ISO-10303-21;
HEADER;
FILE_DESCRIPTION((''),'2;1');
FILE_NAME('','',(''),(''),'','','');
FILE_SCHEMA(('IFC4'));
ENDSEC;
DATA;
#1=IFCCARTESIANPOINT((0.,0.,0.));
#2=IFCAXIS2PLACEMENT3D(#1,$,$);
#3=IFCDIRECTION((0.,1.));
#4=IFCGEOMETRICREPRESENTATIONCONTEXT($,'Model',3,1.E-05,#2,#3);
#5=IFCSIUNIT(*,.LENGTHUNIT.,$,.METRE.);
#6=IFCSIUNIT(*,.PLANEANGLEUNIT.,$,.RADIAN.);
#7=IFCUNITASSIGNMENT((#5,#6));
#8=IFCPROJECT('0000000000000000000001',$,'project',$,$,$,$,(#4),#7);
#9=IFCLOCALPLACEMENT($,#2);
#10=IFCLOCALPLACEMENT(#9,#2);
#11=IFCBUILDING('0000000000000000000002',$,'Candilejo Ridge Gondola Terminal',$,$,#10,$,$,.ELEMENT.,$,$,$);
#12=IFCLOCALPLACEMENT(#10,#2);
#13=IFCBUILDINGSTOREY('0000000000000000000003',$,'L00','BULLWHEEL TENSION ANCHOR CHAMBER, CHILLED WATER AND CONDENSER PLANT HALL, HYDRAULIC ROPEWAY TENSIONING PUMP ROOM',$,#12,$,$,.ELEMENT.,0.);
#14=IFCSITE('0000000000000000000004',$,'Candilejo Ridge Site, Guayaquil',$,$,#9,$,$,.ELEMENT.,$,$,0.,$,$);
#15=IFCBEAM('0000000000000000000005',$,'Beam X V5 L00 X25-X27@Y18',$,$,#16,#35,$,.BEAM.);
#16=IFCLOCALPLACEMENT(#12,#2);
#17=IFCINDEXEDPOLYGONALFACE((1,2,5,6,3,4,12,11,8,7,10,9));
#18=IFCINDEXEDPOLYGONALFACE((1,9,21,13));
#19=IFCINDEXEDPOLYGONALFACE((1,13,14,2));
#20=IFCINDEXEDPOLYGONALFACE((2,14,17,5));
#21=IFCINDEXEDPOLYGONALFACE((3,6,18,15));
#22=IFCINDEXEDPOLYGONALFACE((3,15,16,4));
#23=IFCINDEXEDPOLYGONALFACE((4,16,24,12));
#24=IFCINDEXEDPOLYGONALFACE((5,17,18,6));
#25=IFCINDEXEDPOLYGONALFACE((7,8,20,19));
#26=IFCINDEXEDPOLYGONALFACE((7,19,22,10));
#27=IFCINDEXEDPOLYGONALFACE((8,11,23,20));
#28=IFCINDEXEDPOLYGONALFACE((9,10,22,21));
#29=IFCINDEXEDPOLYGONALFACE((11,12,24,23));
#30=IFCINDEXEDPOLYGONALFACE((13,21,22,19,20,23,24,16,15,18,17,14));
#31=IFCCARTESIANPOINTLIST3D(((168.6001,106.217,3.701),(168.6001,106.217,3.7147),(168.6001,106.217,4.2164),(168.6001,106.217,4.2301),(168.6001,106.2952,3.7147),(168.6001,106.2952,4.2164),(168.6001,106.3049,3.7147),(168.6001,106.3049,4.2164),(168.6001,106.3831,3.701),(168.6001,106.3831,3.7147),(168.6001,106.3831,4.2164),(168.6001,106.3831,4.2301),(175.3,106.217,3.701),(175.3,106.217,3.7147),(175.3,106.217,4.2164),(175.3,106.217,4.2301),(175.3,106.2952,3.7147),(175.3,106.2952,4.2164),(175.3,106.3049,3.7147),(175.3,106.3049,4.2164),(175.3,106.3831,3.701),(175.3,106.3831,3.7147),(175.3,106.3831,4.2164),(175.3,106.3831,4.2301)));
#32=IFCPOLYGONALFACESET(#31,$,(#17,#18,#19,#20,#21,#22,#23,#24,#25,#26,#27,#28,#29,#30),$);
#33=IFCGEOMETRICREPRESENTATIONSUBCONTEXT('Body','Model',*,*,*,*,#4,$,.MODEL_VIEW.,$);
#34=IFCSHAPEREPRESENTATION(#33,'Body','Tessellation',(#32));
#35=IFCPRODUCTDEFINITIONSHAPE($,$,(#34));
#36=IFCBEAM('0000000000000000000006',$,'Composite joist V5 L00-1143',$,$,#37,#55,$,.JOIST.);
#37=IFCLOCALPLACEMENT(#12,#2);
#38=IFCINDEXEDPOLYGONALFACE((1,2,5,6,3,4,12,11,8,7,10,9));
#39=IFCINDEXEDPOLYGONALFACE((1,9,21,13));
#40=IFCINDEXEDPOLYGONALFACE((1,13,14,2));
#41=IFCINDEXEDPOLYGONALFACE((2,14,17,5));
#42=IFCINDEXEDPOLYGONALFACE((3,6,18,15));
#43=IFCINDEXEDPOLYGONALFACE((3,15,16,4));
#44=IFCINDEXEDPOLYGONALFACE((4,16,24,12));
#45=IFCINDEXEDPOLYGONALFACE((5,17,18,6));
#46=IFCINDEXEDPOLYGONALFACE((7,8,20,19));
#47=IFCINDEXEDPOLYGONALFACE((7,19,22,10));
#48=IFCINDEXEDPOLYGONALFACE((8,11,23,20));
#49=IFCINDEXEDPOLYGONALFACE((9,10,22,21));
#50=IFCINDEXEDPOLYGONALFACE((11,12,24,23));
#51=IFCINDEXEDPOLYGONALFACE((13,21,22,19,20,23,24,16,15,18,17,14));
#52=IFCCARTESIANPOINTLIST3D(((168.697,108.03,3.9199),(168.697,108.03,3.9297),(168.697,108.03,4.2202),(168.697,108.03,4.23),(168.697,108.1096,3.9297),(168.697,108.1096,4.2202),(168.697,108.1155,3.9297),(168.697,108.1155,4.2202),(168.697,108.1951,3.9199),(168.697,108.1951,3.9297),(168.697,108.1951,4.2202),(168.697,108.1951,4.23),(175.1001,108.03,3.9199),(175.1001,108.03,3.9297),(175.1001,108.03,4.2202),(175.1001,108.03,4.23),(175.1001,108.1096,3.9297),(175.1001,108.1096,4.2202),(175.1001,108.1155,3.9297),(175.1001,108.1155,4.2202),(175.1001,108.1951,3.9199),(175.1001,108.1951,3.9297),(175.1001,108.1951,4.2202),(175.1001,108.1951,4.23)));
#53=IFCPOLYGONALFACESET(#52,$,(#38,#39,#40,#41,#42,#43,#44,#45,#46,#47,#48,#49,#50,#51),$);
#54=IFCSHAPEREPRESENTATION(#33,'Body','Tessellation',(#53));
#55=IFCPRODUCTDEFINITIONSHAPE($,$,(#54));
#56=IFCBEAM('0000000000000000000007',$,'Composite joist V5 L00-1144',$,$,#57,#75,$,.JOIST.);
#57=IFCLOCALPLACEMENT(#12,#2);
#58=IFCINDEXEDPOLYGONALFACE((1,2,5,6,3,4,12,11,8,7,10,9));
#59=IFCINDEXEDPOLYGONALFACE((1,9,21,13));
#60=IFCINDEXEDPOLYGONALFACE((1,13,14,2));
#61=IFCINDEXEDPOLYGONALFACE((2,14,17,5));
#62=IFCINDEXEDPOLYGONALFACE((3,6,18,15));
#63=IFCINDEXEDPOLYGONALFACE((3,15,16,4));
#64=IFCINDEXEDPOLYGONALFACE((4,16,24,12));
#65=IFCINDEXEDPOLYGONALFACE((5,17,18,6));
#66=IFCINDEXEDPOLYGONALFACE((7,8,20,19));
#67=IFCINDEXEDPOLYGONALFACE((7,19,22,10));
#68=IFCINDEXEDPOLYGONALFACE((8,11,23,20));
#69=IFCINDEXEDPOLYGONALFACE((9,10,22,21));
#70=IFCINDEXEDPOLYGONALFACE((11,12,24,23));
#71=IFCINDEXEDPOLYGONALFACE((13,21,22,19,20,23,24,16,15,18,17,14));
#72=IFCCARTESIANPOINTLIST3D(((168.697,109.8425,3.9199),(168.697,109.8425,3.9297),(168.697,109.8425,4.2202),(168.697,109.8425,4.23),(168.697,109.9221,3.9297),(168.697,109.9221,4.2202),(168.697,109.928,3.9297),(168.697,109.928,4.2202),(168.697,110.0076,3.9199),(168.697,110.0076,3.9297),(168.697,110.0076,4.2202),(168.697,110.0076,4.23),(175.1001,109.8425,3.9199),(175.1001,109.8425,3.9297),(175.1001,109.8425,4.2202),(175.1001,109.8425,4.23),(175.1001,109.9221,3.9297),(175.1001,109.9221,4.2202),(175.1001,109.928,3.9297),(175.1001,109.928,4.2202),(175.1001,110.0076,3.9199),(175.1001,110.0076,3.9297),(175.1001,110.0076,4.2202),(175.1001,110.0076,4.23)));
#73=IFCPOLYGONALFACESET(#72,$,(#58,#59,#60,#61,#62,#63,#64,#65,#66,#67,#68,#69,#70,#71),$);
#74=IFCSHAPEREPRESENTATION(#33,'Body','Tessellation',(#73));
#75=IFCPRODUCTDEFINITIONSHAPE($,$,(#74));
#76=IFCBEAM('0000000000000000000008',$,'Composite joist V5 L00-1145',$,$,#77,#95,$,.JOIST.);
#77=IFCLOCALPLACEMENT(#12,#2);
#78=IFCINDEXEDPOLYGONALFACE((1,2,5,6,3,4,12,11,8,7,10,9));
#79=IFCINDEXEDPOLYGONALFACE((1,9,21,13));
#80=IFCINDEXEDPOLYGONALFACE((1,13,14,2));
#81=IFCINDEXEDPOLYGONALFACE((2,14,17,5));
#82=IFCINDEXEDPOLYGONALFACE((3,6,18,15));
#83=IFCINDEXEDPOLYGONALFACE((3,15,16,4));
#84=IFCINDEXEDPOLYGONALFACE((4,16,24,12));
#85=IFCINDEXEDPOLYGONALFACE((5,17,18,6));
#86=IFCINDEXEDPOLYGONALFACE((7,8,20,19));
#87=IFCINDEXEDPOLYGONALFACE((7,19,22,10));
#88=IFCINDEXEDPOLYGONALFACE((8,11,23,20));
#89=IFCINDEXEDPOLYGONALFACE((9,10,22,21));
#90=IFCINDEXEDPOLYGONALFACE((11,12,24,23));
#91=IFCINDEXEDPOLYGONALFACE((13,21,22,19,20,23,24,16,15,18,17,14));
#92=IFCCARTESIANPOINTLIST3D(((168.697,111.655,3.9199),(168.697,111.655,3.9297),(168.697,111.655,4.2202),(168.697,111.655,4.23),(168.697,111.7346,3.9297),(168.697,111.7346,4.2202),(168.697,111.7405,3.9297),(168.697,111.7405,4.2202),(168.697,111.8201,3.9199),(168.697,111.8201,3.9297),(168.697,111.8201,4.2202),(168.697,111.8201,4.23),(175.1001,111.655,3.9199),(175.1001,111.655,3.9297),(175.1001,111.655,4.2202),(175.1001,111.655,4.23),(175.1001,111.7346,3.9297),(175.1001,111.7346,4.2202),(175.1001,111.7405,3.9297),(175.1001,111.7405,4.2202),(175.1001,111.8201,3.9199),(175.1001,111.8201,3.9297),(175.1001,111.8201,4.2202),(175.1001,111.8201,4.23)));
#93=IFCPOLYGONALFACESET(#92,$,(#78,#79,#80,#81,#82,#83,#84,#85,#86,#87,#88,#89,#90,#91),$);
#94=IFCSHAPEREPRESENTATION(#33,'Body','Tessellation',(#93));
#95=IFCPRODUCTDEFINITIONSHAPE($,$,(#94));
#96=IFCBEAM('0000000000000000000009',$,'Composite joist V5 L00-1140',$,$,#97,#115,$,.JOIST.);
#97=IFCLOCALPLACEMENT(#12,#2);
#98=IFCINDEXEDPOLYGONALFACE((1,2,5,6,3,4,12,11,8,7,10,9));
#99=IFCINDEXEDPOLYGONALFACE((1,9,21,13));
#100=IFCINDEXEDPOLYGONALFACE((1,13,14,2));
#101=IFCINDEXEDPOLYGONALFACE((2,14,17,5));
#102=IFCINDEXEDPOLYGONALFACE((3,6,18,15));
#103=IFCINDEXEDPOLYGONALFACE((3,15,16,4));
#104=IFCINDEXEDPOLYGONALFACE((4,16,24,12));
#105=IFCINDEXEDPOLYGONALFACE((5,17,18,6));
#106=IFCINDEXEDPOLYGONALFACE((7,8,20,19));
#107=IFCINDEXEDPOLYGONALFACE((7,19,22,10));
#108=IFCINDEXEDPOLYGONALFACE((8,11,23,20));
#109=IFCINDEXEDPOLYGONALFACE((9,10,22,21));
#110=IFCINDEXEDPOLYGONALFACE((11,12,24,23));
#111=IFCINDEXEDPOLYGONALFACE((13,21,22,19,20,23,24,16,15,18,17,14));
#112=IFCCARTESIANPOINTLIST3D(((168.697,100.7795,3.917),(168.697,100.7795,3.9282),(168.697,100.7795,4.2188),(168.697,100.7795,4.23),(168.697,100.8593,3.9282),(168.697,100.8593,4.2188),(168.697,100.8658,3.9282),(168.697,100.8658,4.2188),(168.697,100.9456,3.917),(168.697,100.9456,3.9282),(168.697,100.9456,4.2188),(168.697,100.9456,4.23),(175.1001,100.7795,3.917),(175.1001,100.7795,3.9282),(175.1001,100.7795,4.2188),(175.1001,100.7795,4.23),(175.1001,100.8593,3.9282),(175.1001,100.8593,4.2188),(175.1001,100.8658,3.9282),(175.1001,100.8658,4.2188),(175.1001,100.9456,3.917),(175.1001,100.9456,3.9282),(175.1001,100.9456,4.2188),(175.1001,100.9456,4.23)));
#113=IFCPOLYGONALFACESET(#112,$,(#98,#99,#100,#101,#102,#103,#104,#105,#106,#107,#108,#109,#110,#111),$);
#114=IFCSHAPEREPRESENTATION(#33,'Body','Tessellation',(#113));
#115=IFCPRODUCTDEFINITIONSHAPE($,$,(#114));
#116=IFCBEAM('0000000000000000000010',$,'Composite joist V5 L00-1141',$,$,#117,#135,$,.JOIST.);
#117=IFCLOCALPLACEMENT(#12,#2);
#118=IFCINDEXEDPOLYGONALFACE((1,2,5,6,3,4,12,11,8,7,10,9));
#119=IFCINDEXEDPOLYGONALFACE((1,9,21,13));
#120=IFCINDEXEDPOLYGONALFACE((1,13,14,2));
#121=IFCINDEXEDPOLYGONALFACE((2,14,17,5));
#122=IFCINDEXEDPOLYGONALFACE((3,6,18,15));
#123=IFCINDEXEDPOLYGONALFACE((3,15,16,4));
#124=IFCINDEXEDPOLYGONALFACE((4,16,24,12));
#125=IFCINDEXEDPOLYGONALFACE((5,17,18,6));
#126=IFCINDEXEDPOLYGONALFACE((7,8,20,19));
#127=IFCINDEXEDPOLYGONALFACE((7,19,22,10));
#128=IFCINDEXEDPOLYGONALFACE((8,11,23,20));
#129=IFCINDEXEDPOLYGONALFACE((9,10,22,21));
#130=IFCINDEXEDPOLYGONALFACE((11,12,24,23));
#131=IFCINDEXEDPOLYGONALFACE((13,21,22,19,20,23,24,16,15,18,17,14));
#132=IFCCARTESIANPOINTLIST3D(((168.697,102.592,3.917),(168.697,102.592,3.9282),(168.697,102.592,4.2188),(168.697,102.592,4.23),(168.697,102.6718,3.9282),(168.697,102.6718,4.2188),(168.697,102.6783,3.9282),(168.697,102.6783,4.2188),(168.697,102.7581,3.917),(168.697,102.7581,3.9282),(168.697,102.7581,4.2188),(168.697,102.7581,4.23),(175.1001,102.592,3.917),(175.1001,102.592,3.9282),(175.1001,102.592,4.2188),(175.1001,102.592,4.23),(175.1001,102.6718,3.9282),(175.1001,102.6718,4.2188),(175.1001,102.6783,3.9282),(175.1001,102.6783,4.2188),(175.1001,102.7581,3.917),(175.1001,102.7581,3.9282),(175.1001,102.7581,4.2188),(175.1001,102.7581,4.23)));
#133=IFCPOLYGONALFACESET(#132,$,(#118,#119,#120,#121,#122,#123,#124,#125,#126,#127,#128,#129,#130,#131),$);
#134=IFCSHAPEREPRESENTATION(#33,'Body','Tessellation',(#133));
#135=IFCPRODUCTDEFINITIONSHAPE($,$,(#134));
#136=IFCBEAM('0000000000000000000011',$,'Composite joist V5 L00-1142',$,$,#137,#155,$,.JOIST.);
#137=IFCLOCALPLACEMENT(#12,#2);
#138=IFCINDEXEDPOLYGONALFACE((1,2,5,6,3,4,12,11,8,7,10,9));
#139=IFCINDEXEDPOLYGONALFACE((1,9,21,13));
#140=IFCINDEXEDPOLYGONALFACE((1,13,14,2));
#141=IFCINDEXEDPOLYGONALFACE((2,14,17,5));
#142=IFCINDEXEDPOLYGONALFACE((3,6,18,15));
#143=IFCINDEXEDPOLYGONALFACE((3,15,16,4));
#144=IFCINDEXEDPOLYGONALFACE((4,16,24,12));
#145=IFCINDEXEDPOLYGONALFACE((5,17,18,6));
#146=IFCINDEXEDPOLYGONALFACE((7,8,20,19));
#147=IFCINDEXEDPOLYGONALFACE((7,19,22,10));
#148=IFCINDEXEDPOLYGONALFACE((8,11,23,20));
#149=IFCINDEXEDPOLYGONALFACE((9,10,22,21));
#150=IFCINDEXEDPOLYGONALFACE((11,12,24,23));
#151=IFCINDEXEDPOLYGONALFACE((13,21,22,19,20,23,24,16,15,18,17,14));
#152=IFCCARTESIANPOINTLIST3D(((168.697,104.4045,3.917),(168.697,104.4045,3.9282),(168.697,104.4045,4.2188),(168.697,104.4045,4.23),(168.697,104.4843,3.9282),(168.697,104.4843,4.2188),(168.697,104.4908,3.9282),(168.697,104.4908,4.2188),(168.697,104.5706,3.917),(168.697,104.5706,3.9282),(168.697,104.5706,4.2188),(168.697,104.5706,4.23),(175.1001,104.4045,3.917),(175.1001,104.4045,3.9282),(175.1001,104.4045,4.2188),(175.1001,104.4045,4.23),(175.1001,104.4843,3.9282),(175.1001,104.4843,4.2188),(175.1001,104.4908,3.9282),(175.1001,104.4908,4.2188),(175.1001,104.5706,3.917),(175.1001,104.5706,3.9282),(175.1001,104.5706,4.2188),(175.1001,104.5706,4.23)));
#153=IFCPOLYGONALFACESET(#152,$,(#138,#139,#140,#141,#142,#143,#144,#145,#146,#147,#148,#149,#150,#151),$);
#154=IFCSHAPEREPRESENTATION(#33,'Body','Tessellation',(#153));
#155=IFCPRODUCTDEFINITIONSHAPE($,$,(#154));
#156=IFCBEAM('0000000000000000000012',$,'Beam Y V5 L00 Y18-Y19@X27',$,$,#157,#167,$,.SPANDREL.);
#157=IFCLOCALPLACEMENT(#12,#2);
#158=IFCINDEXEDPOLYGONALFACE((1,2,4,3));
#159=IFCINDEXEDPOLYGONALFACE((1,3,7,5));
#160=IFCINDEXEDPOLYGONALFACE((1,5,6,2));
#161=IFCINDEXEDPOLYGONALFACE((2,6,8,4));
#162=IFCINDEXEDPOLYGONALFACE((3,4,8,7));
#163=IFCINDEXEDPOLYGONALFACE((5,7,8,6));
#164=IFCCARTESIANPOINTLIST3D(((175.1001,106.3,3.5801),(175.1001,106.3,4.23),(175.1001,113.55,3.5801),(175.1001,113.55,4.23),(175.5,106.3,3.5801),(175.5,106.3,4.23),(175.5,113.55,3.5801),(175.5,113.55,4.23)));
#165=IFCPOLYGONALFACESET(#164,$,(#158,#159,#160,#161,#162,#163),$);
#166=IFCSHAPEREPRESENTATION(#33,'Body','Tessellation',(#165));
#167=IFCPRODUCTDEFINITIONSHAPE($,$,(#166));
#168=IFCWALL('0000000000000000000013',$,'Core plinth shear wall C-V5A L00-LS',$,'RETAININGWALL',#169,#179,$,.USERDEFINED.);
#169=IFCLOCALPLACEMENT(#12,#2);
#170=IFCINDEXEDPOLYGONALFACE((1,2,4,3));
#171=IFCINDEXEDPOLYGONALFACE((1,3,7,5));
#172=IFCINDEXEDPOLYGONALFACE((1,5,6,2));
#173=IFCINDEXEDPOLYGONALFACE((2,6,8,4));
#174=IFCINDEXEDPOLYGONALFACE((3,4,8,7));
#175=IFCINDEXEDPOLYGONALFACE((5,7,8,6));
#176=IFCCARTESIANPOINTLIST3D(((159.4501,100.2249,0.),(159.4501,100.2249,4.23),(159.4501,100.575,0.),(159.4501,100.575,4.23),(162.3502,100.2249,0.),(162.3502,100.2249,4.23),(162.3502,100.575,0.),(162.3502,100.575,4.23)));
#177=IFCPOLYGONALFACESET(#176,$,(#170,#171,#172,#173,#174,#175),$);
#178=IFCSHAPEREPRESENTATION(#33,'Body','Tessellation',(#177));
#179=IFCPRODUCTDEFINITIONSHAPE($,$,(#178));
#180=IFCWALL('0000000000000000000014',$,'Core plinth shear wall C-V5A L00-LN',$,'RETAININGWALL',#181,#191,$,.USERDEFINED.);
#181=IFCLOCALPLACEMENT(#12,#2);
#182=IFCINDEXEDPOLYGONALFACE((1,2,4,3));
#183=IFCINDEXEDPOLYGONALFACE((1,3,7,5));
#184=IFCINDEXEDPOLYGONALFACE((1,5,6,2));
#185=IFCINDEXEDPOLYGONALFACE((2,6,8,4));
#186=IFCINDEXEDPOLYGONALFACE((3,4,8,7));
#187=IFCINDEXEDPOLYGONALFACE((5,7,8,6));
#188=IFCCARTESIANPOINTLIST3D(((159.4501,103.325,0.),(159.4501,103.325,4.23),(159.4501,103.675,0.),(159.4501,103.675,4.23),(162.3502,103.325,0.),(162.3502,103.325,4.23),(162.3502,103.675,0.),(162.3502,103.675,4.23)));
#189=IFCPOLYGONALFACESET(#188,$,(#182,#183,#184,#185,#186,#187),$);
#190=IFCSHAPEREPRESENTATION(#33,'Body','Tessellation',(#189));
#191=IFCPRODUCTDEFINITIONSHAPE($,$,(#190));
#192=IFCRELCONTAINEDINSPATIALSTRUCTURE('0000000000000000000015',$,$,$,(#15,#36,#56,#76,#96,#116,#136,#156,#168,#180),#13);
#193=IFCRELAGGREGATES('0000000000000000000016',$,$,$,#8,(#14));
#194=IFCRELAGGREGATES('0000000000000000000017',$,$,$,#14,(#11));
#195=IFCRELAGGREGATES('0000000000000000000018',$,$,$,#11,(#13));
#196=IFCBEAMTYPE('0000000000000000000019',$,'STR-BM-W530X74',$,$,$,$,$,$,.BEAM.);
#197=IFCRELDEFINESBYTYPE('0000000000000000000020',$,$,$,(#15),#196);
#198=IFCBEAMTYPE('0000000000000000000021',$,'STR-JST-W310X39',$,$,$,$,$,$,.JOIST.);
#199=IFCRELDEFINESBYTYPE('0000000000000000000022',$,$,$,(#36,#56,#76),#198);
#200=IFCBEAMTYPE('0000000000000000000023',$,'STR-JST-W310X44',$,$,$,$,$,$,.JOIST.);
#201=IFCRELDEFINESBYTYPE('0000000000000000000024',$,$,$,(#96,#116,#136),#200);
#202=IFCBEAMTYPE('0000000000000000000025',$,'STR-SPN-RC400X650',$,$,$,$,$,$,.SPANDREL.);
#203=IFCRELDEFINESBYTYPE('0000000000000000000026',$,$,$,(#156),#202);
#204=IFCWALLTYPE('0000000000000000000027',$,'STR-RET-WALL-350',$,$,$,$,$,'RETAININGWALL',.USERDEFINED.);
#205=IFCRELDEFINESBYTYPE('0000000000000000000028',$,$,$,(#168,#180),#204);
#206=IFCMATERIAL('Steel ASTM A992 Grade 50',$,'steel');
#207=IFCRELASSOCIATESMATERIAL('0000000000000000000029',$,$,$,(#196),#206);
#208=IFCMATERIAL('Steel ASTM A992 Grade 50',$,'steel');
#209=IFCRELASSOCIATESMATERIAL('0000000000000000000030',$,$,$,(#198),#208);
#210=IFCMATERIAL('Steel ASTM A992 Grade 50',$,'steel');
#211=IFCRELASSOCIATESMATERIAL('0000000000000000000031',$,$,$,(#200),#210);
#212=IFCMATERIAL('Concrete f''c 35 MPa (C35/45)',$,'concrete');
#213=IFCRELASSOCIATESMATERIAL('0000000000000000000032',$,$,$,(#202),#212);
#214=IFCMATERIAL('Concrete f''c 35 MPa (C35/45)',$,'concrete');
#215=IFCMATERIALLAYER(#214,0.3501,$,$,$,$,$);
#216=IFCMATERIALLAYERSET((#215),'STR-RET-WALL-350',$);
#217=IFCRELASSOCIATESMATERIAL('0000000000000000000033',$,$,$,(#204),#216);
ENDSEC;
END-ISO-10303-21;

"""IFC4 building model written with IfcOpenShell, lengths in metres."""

from ifc_helpers import new_model, si_unit, direction, frame, frame_2d, origin, origin_2d, place, context, subcontext, project, spatial, rectangle, i_section, extrude, material, layer, layer_set, material_profile, profile_set, type_object, element, save


model = new_model("IFC4")

# Units and contexts
model_context = context("Model", 3, precision=1e-05, world=origin(), true_north=direction((0.0, 1.0)))
body_context = subcontext(model_context, "Body", "Model", "MODEL_VIEW")
ifc_project = project(units=[si_unit("LENGTHUNIT", "METRE"), si_unit("PLANEANGLEUNIT", "RADIAN")], contexts=[model_context])

# Site, building, storey
site_placement = place(None, origin())
site = spatial("IfcSite", under=ifc_project, at=site_placement, Name="Candilejo Ridge Site, Guayaquil", CompositionType="ELEMENT", RefElevation=0.0)
building_placement = place(site_placement, origin())
building = spatial("IfcBuilding", under=site, at=building_placement, Name="Candilejo Ridge Gondola Terminal", CompositionType="ELEMENT")
storey_placement = place(building_placement, origin())
storey = spatial("IfcBuildingStorey", under=building, at=storey_placement, Name="L00", Description="BULLWHEEL TENSION ANCHOR CHAMBER, CHILLED WATER AND CONDENSER PLANT HALL, HYDRAULIC ROPEWAY TENSIONING PUMP ROOM", CompositionType="ELEMENT", Elevation=0.0)

# Beams
ifc_material_1 = material(Name="Steel ASTM A992 Grade 50", Category="steel")
ifc_material_profile_1 = material_profile(ifc_material_1, i_section(OverallWidth=0.166, OverallDepth=0.5291, WebThickness=0.0098, FlangeThickness=0.0137, at=origin_2d()))
ifc_profile_set_1 = profile_set([ifc_material_profile_1], Name="Steel ASTM A992 Grade 50")
beam_type_1 = type_object("IfcBeamType", Name="STR-BM-W530X74", PredefinedType="BEAM", material=ifc_profile_set_1)
beam_1_placement = place(storey_placement, frame((168.6001, 106.3, 3.9656), z_axis=(1.0, 0.0, 0.0), x_axis=(0.0, 1.0, 0.0)))
element("IfcBeam", 1, at=beam_1_placement, inside=storey, type_object=beam_type_1, Name="Beam X V5 L00 X25-X27@Y18", PredefinedType="BEAM", context=body_context, shape_type="SweptSolid", body=[
    extrude(i_section(OverallWidth=0.166, OverallDepth=0.5291, WebThickness=0.0098, FlangeThickness=0.0137, at=origin_2d()), origin(), (0.0, 0.0, 1.0), 6.7),
])
ifc_material_2 = material(Name="Steel ASTM A992 Grade 50", Category="steel")
ifc_material_profile_2 = material_profile(ifc_material_2, i_section(OverallWidth=0.165, OverallDepth=0.3101, WebThickness=0.0059, FlangeThickness=0.0098, at=origin_2d()))
ifc_profile_set_2 = profile_set([ifc_material_profile_2], Name="Steel ASTM A992 Grade 50")
beam_type_2 = type_object("IfcBeamType", Name="STR-JST-W310X39", PredefinedType="JOIST", material=ifc_profile_set_2)
for number, where, z_axis, x_axis, name in (
    (2, (168.697, 108.1125, 4.075), (1.0, 0.0, 0.0), (0.0, 1.0, 0.0), "Composite joist V5 L00-1143"),
    (3, (168.697, 109.925, 4.075), (1.0, 0.0, 0.0), (0.0, 1.0, 0.0), "Composite joist V5 L00-1144"),
    (4, (168.697, 111.7375, 4.075), (1.0, 0.0, 0.0), (0.0, 1.0, 0.0), "Composite joist V5 L00-1145"),
):
    element("IfcBeam", number, at=place(storey_placement, frame(where, z_axis=z_axis, x_axis=x_axis)), inside=storey, type_object=beam_type_2, Name=name, PredefinedType="JOIST", context=body_context, shape_type="SweptSolid", body=[
        extrude(i_section(OverallWidth=0.165, OverallDepth=0.3101, WebThickness=0.0059, FlangeThickness=0.0098, at=origin_2d()), origin(), (0.0, 0.0, 1.0), 6.4031),
    ])
ifc_material_3 = material(Name="Steel ASTM A992 Grade 50", Category="steel")
ifc_material_profile_3 = material_profile(ifc_material_3, i_section(OverallWidth=0.166, OverallDepth=0.313, WebThickness=0.0066, FlangeThickness=0.0112, at=origin_2d()))
ifc_profile_set_3 = profile_set([ifc_material_profile_3], Name="Steel ASTM A992 Grade 50")
beam_type_3 = type_object("IfcBeamType", Name="STR-JST-W310X44", PredefinedType="JOIST", material=ifc_profile_set_3)
for number, where, z_axis, x_axis, name in (
    (5, (168.697, 100.8625, 4.0735), (1.0, 0.0, 0.0), (0.0, 1.0, 0.0), "Composite joist V5 L00-1140"),
    (6, (168.697, 102.675, 4.0735), (1.0, 0.0, 0.0), (0.0, 1.0, 0.0), "Composite joist V5 L00-1141"),
    (7, (168.697, 104.4875, 4.0735), (1.0, 0.0, 0.0), (0.0, 1.0, 0.0), "Composite joist V5 L00-1142"),
):
    element("IfcBeam", number, at=place(storey_placement, frame(where, z_axis=z_axis, x_axis=x_axis)), inside=storey, type_object=beam_type_3, Name=name, PredefinedType="JOIST", context=body_context, shape_type="SweptSolid", body=[
        extrude(i_section(OverallWidth=0.166, OverallDepth=0.313, WebThickness=0.0066, FlangeThickness=0.0112, at=origin_2d()), origin(), (0.0, 0.0, 1.0), 6.4031),
    ])
ifc_material_4 = material(Name="Concrete f'c 35 MPa (C35/45)", Category="concrete")
ifc_material_profile_4 = material_profile(ifc_material_4, rectangle(XDim=0.3999, YDim=0.6499, at=origin_2d()))
ifc_profile_set_4 = profile_set([ifc_material_profile_4], Name="Concrete f'c 35 MPa (C35/45)")
beam_type_4 = type_object("IfcBeamType", Name="STR-SPN-RC400X650", PredefinedType="SPANDREL", material=ifc_profile_set_4)
beam_2_placement = place(storey_placement, frame((175.3, 106.3, 3.905), z_axis=(0.0, 1.0, 0.0), x_axis=(-1.0, 0.0, 0.0)))
element("IfcBeam", 8, at=beam_2_placement, inside=storey, type_object=beam_type_4, Name="Beam Y V5 L00 Y18-Y19@X27", PredefinedType="SPANDREL", context=body_context, shape_type="SweptSolid", body=[
    extrude(rectangle(XDim=0.3999, YDim=0.6499, at=origin_2d()), origin(), (0.0, 0.0, 1.0), 7.25),
])

# Walls
ifc_material_5 = material(Name="Concrete f'c 35 MPa (C35/45)", Category="concrete")
ifc_layer = layer(ifc_material_5, 0.3501)
ifc_layer_set = layer_set([ifc_layer], Name="STR-RET-WALL-350")
wall_type = type_object("IfcWallType", Name="STR-RET-WALL-350", ElementType="RETAININGWALL", PredefinedType="USERDEFINED", material=ifc_layer_set)
for number, where, z_axis, x_axis, name in (
    (9, (159.45, 100.3999, 0.0), (0.0, 0.0, 1.0), (1.0, 0.0, 0.0), "Core plinth shear wall C-V5A L00-LS"),
    (10, (159.45, 103.5, 0.0), (0.0, 0.0, 1.0), (1.0, 0.0, 0.0), "Core plinth shear wall C-V5A L00-LN"),
):
    element("IfcWall", number, at=place(storey_placement, frame(where, z_axis=z_axis, x_axis=x_axis)), inside=storey, type_object=wall_type, Name=name, ObjectType="RETAININGWALL", PredefinedType="USERDEFINED", context=body_context, shape_type="SweptSolid", body=[
        extrude(rectangle(XDim=2.9001, YDim=0.3501, at=frame_2d((1.4502, 0.0))), origin(), (0.0, 0.0, 1.0), 4.23),
    ])

save(model, "model.ifc")
